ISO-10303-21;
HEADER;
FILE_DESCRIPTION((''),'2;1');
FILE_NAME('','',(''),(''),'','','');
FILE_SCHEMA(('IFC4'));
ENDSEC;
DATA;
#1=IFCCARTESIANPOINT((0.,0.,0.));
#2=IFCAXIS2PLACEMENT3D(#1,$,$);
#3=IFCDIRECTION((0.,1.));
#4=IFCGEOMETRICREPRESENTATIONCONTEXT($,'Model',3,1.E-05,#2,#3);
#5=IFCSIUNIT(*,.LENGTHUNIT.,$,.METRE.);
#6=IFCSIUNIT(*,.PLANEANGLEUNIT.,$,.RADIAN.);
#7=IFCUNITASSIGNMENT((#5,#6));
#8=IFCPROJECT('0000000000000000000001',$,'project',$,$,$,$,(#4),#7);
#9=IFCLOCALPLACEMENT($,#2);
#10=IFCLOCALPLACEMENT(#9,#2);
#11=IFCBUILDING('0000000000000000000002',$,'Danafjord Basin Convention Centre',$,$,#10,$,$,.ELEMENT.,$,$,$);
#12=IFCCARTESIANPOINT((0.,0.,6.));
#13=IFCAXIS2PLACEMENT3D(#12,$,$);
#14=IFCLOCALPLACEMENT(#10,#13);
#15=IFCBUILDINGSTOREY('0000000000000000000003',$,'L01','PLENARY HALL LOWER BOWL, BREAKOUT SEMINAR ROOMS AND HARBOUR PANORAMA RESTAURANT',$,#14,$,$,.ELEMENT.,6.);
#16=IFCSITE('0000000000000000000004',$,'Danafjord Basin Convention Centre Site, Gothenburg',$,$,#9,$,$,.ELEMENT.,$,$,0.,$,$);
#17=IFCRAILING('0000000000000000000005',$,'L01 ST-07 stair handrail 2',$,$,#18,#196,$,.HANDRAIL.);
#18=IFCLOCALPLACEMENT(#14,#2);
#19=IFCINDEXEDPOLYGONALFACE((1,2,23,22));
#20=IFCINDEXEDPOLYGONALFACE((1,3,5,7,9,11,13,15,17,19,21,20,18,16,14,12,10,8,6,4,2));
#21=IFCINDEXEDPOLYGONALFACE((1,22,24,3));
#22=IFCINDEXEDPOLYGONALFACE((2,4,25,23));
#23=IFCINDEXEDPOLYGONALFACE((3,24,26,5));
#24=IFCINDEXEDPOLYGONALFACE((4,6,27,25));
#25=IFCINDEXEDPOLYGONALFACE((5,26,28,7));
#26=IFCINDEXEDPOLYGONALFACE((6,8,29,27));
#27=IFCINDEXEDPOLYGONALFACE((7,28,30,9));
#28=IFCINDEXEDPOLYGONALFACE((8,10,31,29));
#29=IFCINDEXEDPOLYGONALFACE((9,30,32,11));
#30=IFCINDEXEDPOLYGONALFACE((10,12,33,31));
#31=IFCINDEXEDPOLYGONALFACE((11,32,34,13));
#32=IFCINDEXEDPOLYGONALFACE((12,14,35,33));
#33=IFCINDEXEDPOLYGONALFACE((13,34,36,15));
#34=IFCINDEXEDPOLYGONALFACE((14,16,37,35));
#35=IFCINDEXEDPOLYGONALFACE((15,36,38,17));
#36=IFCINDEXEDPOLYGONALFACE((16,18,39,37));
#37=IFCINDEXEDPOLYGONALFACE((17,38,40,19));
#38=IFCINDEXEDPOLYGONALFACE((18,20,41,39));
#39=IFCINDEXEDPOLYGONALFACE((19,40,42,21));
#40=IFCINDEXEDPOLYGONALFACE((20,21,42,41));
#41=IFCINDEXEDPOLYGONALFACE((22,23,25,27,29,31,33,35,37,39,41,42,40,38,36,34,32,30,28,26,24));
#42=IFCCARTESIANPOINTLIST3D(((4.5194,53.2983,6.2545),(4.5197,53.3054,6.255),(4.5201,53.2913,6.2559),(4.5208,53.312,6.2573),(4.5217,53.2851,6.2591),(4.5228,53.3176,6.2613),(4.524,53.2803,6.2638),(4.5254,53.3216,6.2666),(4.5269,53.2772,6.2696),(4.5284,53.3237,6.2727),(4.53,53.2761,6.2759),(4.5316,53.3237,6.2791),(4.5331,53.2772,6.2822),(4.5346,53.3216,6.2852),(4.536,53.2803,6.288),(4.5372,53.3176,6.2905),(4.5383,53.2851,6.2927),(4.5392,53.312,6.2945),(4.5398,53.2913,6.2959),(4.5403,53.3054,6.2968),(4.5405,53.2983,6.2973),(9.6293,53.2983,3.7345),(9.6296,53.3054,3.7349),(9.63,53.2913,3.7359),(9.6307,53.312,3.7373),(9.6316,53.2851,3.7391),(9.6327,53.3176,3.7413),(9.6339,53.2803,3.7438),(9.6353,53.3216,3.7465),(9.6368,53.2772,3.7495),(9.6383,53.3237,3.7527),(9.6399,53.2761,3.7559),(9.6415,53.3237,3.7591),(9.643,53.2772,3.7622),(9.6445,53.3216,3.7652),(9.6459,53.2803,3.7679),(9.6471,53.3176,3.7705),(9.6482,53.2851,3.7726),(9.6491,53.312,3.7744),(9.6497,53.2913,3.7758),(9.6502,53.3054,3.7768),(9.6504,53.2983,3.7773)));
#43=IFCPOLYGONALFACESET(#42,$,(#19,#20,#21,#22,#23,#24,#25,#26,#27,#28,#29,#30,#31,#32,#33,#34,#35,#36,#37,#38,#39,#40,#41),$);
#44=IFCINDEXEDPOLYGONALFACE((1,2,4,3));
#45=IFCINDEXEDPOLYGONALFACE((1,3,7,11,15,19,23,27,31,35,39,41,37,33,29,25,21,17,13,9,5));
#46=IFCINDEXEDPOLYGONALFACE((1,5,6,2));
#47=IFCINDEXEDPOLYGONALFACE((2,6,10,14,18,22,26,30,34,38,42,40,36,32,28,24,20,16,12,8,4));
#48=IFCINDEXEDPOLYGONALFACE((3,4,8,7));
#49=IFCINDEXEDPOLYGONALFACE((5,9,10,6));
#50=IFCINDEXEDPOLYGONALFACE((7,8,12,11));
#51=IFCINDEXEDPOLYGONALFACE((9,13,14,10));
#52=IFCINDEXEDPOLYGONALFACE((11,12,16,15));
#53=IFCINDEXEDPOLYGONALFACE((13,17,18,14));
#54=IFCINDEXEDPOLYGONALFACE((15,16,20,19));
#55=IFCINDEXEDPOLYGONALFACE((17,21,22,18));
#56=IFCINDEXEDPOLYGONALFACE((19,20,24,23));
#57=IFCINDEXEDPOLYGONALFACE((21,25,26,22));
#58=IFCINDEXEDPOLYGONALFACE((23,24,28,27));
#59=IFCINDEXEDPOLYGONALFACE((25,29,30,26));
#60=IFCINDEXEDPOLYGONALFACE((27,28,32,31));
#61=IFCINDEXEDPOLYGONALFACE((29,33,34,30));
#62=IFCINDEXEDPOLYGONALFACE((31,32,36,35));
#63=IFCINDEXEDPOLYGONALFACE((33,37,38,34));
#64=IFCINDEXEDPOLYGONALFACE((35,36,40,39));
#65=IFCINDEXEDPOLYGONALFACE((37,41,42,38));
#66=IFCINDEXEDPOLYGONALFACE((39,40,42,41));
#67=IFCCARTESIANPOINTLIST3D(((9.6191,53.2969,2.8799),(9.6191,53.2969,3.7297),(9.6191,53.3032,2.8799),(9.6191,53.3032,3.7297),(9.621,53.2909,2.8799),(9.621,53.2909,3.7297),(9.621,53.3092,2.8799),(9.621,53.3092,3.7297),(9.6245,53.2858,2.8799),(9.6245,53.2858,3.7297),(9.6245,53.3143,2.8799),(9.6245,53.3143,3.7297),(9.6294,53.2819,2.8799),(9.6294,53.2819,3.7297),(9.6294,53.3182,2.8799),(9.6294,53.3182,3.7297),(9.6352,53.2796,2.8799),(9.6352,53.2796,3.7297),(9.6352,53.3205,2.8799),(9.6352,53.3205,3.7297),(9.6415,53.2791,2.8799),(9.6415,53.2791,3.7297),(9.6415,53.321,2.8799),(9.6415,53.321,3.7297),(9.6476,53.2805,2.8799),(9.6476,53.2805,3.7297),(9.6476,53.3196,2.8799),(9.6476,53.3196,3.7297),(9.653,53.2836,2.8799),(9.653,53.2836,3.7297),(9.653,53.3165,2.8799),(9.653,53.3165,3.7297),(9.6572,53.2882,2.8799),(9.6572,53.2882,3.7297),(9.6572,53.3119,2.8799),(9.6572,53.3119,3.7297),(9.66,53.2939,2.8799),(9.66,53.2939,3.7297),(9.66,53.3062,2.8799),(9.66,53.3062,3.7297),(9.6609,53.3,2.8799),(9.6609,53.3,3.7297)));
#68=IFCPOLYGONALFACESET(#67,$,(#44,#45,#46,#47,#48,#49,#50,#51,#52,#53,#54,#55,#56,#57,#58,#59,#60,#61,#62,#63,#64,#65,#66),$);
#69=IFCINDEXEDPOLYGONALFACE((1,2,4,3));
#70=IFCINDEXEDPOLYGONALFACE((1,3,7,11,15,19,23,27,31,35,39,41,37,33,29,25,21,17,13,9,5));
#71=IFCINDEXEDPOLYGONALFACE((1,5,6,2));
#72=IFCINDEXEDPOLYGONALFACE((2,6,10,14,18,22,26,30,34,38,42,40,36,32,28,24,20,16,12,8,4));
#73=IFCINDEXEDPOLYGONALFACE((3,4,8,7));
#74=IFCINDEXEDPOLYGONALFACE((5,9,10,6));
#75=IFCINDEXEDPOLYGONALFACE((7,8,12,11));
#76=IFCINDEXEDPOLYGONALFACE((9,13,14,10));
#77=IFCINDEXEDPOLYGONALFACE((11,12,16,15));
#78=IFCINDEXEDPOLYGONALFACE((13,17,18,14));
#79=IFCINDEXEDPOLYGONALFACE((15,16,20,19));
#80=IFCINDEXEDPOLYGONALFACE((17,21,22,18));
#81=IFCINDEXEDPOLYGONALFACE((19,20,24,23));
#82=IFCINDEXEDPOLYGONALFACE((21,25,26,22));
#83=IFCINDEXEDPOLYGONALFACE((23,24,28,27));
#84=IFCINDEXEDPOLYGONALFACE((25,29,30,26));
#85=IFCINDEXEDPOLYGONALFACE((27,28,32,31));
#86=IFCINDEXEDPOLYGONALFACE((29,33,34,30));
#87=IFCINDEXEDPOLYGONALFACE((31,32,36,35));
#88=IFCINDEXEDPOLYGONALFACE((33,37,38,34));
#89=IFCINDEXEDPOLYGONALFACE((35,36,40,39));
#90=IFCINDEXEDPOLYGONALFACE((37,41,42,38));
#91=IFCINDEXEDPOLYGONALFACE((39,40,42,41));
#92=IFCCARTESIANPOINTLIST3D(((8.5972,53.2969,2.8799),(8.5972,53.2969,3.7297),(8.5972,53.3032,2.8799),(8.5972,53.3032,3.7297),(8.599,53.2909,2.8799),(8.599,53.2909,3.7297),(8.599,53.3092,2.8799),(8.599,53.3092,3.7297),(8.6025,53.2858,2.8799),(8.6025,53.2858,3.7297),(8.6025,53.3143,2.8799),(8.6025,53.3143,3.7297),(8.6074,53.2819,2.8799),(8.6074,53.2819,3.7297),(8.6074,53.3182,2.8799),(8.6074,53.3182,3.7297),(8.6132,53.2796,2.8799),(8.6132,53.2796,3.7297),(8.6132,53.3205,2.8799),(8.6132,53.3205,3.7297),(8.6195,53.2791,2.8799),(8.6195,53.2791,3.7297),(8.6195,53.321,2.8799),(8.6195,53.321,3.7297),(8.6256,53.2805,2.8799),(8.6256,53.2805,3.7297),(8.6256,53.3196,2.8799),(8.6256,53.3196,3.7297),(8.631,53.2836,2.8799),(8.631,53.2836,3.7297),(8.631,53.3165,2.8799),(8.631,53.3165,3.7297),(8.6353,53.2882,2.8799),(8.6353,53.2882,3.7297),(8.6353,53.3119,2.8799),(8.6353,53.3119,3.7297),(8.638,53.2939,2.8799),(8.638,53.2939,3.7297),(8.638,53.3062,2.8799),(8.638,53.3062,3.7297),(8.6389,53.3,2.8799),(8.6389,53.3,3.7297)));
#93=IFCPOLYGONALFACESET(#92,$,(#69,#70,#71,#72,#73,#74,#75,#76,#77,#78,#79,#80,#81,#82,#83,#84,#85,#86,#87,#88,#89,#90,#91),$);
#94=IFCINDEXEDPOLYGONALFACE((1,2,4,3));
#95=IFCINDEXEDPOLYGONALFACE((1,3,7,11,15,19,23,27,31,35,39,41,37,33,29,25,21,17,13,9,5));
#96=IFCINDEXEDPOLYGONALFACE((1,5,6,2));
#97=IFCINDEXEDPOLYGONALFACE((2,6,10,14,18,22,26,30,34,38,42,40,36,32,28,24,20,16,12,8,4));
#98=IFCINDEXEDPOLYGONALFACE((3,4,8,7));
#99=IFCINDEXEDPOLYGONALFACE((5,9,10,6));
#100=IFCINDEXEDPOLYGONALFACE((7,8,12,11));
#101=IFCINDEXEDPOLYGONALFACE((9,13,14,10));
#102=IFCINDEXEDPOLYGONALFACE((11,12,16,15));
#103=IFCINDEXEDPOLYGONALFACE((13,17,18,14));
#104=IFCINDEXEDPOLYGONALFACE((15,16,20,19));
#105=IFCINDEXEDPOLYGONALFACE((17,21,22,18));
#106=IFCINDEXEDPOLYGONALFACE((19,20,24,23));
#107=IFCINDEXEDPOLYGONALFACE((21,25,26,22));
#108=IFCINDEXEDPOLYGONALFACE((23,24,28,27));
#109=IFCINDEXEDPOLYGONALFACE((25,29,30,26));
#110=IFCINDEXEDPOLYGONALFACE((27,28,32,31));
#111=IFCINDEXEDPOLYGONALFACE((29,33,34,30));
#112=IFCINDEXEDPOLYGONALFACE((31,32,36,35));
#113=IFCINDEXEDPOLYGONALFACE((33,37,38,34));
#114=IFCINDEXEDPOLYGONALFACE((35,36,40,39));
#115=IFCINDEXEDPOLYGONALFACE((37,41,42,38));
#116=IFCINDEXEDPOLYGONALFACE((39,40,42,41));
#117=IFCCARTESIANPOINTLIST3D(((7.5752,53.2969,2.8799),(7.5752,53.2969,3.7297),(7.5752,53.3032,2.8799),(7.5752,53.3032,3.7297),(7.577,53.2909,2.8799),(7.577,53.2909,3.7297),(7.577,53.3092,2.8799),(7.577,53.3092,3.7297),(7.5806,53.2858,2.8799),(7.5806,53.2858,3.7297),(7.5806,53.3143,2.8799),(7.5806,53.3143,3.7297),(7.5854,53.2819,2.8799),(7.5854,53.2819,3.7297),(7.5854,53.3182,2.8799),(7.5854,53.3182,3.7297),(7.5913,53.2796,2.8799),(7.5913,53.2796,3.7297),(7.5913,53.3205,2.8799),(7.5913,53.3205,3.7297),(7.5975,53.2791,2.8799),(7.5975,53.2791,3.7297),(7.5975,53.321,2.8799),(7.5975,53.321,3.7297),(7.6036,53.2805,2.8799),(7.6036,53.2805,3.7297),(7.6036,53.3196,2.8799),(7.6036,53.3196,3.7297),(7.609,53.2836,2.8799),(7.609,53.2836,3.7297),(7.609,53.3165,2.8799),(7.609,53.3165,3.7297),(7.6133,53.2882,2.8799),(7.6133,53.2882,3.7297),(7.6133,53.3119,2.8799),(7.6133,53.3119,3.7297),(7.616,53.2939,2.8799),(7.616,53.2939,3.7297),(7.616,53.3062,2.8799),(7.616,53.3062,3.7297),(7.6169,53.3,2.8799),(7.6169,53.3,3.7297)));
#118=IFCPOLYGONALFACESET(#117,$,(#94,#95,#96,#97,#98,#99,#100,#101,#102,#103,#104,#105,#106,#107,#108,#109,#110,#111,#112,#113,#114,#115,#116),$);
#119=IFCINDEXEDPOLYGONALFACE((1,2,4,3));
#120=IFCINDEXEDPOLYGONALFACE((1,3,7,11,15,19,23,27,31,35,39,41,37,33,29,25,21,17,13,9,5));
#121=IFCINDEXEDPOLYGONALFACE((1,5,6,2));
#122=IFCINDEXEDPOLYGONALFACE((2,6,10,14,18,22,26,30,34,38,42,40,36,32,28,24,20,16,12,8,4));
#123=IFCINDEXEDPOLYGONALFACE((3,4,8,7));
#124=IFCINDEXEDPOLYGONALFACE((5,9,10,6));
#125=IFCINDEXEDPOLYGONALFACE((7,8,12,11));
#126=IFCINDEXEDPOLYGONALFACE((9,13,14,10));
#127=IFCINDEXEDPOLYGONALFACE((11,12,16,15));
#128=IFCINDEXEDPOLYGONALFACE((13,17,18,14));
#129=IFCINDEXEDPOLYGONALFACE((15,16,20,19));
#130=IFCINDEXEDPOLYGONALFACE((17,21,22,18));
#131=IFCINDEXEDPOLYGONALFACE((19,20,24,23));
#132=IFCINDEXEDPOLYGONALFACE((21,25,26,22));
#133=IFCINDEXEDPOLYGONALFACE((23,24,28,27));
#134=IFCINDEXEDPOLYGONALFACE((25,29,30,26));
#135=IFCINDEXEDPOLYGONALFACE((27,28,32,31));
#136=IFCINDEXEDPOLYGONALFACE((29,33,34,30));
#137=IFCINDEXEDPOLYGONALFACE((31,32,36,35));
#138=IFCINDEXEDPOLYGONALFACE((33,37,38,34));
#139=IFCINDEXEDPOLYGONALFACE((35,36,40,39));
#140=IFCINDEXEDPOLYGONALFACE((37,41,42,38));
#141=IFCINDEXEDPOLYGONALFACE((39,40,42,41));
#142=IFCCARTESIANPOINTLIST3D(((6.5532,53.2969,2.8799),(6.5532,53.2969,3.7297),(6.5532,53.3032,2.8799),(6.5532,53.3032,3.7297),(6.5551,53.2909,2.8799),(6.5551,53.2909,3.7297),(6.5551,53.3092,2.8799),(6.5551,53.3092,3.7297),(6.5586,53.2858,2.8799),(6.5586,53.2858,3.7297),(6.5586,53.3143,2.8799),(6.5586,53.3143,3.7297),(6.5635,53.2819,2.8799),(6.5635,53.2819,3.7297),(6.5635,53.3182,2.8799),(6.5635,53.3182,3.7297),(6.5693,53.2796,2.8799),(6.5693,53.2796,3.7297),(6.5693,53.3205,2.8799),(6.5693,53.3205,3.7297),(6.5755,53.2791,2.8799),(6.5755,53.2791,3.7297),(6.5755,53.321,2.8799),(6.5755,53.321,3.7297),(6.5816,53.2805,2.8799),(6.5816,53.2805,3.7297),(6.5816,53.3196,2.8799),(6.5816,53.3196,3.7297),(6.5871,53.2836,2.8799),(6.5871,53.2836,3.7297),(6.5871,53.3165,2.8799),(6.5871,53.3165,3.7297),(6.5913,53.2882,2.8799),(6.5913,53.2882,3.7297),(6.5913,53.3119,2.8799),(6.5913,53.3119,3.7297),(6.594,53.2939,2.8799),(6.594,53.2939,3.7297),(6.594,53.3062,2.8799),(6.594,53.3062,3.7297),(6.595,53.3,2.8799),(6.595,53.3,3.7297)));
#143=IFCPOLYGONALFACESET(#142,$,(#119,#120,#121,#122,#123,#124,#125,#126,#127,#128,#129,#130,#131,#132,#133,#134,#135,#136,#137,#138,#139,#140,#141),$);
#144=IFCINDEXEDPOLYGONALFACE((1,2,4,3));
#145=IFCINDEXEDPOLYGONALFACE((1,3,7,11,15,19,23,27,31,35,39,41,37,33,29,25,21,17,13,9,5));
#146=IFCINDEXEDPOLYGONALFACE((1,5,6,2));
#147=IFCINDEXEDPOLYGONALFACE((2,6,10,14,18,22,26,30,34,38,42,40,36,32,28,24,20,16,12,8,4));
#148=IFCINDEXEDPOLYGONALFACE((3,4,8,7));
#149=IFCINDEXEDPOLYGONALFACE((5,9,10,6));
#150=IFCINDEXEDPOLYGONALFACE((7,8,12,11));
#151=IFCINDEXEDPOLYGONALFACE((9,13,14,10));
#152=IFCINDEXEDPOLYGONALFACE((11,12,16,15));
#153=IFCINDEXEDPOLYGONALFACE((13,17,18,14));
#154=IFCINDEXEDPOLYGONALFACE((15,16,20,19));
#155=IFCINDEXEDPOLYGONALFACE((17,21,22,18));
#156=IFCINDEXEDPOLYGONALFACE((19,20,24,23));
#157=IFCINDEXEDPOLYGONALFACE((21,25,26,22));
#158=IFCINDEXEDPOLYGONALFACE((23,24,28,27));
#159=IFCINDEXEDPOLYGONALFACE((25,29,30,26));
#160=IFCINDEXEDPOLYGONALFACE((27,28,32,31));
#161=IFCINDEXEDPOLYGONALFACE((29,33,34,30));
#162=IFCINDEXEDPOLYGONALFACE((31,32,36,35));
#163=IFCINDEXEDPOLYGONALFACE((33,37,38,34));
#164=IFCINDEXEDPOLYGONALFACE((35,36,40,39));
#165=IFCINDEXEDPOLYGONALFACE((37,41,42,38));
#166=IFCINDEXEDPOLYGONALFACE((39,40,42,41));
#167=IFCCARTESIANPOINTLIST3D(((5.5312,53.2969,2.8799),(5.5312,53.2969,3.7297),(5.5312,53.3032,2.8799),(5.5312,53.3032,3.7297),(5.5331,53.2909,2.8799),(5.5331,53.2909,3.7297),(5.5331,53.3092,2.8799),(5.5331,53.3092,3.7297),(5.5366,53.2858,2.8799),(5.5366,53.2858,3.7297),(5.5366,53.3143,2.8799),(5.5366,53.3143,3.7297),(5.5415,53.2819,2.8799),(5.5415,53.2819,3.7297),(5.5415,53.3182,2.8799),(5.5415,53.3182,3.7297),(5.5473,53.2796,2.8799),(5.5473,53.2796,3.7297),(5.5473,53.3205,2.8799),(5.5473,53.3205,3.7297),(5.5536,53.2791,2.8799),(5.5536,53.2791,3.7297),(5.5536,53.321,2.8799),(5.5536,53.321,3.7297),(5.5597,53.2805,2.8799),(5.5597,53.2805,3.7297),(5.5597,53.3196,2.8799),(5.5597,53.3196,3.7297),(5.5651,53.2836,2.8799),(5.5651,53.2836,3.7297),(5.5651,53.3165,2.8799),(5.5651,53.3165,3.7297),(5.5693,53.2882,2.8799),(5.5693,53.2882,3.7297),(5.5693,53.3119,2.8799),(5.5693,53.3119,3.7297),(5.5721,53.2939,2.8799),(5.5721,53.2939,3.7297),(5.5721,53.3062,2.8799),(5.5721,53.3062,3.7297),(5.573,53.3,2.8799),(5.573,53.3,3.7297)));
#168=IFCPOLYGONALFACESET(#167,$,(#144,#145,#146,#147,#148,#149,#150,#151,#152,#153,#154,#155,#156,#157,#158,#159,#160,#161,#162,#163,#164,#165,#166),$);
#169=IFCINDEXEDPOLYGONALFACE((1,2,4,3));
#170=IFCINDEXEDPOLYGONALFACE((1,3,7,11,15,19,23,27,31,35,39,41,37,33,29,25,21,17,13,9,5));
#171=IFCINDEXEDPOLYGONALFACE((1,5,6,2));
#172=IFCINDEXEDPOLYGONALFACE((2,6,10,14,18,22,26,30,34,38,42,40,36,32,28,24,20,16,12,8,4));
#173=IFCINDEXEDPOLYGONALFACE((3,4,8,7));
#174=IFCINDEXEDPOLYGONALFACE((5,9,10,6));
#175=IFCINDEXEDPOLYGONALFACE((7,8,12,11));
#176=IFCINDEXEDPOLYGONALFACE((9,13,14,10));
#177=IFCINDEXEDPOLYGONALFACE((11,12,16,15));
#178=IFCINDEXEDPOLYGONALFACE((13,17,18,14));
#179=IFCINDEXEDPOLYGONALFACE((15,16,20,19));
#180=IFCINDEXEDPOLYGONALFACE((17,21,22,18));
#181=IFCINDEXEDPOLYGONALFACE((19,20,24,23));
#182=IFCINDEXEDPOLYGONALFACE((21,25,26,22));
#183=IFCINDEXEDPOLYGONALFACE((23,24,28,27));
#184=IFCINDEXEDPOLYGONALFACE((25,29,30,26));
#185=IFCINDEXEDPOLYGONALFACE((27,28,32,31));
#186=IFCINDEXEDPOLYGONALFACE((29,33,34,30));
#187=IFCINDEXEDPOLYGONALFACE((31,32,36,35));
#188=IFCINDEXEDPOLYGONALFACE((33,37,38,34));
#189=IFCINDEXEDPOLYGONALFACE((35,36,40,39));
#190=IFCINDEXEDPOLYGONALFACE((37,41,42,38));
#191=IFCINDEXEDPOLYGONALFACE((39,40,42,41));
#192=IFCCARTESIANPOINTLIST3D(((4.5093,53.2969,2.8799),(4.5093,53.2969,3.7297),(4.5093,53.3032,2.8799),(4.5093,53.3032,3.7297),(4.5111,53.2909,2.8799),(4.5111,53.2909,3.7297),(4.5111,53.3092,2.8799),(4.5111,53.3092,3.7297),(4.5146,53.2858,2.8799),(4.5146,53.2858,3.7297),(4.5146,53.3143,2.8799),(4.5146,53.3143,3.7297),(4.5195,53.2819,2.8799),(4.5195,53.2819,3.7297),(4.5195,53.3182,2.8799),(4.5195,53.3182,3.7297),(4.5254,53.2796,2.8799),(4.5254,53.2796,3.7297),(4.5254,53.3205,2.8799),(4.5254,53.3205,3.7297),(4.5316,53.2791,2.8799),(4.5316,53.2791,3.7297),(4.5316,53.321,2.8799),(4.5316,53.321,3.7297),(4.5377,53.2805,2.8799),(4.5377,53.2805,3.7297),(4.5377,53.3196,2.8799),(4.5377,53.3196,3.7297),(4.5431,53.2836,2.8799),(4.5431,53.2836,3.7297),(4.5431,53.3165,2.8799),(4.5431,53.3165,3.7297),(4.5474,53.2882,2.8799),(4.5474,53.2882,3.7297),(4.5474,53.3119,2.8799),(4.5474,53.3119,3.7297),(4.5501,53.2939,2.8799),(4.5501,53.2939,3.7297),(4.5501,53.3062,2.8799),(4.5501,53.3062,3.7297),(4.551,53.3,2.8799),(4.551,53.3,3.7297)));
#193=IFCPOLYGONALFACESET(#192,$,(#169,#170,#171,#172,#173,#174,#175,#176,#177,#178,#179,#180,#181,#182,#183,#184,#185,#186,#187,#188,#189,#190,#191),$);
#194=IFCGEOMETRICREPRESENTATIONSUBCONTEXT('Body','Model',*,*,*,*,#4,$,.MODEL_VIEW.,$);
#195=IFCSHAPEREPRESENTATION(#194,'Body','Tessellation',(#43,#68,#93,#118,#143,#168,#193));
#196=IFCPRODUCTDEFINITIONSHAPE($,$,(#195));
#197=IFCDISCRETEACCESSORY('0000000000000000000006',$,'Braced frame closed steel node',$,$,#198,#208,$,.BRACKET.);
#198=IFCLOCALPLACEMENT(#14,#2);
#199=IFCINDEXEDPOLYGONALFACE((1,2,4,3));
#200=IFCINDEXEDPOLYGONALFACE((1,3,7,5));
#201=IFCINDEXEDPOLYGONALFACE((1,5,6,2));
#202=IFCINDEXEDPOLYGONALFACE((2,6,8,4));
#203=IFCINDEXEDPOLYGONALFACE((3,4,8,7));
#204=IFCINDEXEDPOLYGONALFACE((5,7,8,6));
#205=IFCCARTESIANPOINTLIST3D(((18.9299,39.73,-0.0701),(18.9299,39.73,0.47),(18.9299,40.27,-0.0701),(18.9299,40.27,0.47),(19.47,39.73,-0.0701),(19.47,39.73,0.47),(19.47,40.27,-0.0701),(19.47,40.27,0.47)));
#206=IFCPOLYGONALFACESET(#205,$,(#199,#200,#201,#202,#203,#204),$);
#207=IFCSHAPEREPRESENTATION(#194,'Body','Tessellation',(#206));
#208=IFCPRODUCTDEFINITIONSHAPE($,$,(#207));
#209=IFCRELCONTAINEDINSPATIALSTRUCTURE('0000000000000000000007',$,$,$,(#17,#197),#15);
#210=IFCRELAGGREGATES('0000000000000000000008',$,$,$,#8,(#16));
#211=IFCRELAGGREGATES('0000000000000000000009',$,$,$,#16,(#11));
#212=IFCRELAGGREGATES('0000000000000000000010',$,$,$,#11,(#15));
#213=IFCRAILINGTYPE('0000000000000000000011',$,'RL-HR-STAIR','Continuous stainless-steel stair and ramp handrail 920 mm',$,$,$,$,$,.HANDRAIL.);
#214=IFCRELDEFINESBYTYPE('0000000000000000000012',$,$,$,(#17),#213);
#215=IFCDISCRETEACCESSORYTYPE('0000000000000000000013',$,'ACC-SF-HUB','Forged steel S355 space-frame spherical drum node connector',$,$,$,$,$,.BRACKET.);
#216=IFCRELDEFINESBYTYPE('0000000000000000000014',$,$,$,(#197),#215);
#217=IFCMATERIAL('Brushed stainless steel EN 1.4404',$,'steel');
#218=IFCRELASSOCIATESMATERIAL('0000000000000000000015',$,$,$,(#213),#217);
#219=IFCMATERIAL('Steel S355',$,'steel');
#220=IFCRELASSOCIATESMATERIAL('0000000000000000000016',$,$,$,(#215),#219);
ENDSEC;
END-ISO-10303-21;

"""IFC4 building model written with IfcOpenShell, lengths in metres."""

from ifc_helpers import new_model, si_unit, direction, frame, origin, origin_2d, place, context, subcontext, project, spatial, rectangle, circle, extrude, material, type_object, element, save


model = new_model("IFC4")

# Units and contexts
model_context = context("Model", 3, precision=1e-05, world=origin(), true_north=direction((0.0, 1.0)))
body_context = subcontext(model_context, "Body", "Model", "MODEL_VIEW")
ifc_project = project(units=[si_unit("LENGTHUNIT", "METRE"), si_unit("PLANEANGLEUNIT", "RADIAN")], contexts=[model_context])

# Site, building, storey
site_placement = place(None, origin())
site = spatial("IfcSite", under=ifc_project, at=site_placement, Name="Danafjord Basin Convention Centre Site, Gothenburg", CompositionType="ELEMENT", RefElevation=0.0)
building_placement = place(site_placement, origin())
building = spatial("IfcBuilding", under=site, at=building_placement, Name="Danafjord Basin Convention Centre", CompositionType="ELEMENT")
storey_placement = place(building_placement, frame((0.0, 0.0, 6.0)))
storey = spatial("IfcBuildingStorey", under=building, at=storey_placement, Name="L01", Description="PLENARY HALL LOWER BOWL, BREAKOUT SEMINAR ROOMS AND HARBOUR PANORAMA RESTAURANT", CompositionType="ELEMENT", Elevation=6.0)

# Shared definitions
ifc_material_1 = material(Name="Steel S355", Category="steel")

# Railing
ifc_material_2 = material(Name="Brushed stainless steel EN 1.4404", Category="steel")
railing_type_1 = type_object("IfcRailingType", Name="RL-HR-STAIR", Description="Continuous stainless-steel stair and ramp handrail 920 mm", PredefinedType="HANDRAIL", material=ifc_material_2)
railing_1_placement = place(storey_placement, frame((9.6399, 53.3, 2.8799)))
element("IfcRailing", 1, at=railing_1_placement, inside=storey, type_object=railing_type_1, Name="L01 ST-07 stair handrail 2", PredefinedType="HANDRAIL", context=body_context, shape_type="SweptSolid", body=[
    extrude(circle(Radius=0.0239, at=origin_2d()), frame((0.0, 0.0, 0.876), z_axis=(-0.896865, 0.0, 0.442305), x_axis=(0.0, -1.0, 0.0)), (0.0, 0.0, 1.0), 5.6975),
    extrude(circle(Radius=0.021, at=origin_2d()), origin(), (0.0, 0.0, 1.0), 0.8499),
    extrude(circle(Radius=0.021, at=origin_2d()), frame((-1.022, 0.0, 0.0)), (0.0, 0.0, 1.0), 0.8499),
    extrude(circle(Radius=0.021, at=origin_2d()), frame((-2.0439, 0.0, 0.0)), (0.0, 0.0, 1.0), 0.8499),
    extrude(circle(Radius=0.021, at=origin_2d()), frame((-3.0659, 0.0, 0.0)), (0.0, 0.0, 1.0), 0.8499),
    extrude(circle(Radius=0.021, at=origin_2d()), frame((-4.0879, 0.0, 0.0)), (0.0, 0.0, 1.0), 0.8499),
    extrude(circle(Radius=0.021, at=origin_2d()), frame((-5.1099, 0.0, 0.0)), (0.0, 0.0, 1.0), 0.8499),
])

# Discrete accessory
discrete_accessory_type = type_object("IfcDiscreteAccessoryType", Name="ACC-SF-HUB", Description="Forged steel S355 space-frame spherical drum node connector", PredefinedType="BRACKET", material=ifc_material_1)
discrete_accessory_placement = place(storey_placement, frame((19.2, 40.0, -0.0701), z_axis=(0.0, 0.0, 1.0), x_axis=(1.0, 0.0, 0.0)))
element("IfcDiscreteAccessory", 2, at=discrete_accessory_placement, inside=storey, type_object=discrete_accessory_type, Name="Braced frame closed steel node", PredefinedType="BRACKET", context=body_context, shape_type="SweptSolid", body=[
    extrude(rectangle(XDim=0.54, YDim=0.54, at=origin_2d()), origin(), (0.0, 0.0, 1.0), 0.54),
])

save(model, "model.ifc")
